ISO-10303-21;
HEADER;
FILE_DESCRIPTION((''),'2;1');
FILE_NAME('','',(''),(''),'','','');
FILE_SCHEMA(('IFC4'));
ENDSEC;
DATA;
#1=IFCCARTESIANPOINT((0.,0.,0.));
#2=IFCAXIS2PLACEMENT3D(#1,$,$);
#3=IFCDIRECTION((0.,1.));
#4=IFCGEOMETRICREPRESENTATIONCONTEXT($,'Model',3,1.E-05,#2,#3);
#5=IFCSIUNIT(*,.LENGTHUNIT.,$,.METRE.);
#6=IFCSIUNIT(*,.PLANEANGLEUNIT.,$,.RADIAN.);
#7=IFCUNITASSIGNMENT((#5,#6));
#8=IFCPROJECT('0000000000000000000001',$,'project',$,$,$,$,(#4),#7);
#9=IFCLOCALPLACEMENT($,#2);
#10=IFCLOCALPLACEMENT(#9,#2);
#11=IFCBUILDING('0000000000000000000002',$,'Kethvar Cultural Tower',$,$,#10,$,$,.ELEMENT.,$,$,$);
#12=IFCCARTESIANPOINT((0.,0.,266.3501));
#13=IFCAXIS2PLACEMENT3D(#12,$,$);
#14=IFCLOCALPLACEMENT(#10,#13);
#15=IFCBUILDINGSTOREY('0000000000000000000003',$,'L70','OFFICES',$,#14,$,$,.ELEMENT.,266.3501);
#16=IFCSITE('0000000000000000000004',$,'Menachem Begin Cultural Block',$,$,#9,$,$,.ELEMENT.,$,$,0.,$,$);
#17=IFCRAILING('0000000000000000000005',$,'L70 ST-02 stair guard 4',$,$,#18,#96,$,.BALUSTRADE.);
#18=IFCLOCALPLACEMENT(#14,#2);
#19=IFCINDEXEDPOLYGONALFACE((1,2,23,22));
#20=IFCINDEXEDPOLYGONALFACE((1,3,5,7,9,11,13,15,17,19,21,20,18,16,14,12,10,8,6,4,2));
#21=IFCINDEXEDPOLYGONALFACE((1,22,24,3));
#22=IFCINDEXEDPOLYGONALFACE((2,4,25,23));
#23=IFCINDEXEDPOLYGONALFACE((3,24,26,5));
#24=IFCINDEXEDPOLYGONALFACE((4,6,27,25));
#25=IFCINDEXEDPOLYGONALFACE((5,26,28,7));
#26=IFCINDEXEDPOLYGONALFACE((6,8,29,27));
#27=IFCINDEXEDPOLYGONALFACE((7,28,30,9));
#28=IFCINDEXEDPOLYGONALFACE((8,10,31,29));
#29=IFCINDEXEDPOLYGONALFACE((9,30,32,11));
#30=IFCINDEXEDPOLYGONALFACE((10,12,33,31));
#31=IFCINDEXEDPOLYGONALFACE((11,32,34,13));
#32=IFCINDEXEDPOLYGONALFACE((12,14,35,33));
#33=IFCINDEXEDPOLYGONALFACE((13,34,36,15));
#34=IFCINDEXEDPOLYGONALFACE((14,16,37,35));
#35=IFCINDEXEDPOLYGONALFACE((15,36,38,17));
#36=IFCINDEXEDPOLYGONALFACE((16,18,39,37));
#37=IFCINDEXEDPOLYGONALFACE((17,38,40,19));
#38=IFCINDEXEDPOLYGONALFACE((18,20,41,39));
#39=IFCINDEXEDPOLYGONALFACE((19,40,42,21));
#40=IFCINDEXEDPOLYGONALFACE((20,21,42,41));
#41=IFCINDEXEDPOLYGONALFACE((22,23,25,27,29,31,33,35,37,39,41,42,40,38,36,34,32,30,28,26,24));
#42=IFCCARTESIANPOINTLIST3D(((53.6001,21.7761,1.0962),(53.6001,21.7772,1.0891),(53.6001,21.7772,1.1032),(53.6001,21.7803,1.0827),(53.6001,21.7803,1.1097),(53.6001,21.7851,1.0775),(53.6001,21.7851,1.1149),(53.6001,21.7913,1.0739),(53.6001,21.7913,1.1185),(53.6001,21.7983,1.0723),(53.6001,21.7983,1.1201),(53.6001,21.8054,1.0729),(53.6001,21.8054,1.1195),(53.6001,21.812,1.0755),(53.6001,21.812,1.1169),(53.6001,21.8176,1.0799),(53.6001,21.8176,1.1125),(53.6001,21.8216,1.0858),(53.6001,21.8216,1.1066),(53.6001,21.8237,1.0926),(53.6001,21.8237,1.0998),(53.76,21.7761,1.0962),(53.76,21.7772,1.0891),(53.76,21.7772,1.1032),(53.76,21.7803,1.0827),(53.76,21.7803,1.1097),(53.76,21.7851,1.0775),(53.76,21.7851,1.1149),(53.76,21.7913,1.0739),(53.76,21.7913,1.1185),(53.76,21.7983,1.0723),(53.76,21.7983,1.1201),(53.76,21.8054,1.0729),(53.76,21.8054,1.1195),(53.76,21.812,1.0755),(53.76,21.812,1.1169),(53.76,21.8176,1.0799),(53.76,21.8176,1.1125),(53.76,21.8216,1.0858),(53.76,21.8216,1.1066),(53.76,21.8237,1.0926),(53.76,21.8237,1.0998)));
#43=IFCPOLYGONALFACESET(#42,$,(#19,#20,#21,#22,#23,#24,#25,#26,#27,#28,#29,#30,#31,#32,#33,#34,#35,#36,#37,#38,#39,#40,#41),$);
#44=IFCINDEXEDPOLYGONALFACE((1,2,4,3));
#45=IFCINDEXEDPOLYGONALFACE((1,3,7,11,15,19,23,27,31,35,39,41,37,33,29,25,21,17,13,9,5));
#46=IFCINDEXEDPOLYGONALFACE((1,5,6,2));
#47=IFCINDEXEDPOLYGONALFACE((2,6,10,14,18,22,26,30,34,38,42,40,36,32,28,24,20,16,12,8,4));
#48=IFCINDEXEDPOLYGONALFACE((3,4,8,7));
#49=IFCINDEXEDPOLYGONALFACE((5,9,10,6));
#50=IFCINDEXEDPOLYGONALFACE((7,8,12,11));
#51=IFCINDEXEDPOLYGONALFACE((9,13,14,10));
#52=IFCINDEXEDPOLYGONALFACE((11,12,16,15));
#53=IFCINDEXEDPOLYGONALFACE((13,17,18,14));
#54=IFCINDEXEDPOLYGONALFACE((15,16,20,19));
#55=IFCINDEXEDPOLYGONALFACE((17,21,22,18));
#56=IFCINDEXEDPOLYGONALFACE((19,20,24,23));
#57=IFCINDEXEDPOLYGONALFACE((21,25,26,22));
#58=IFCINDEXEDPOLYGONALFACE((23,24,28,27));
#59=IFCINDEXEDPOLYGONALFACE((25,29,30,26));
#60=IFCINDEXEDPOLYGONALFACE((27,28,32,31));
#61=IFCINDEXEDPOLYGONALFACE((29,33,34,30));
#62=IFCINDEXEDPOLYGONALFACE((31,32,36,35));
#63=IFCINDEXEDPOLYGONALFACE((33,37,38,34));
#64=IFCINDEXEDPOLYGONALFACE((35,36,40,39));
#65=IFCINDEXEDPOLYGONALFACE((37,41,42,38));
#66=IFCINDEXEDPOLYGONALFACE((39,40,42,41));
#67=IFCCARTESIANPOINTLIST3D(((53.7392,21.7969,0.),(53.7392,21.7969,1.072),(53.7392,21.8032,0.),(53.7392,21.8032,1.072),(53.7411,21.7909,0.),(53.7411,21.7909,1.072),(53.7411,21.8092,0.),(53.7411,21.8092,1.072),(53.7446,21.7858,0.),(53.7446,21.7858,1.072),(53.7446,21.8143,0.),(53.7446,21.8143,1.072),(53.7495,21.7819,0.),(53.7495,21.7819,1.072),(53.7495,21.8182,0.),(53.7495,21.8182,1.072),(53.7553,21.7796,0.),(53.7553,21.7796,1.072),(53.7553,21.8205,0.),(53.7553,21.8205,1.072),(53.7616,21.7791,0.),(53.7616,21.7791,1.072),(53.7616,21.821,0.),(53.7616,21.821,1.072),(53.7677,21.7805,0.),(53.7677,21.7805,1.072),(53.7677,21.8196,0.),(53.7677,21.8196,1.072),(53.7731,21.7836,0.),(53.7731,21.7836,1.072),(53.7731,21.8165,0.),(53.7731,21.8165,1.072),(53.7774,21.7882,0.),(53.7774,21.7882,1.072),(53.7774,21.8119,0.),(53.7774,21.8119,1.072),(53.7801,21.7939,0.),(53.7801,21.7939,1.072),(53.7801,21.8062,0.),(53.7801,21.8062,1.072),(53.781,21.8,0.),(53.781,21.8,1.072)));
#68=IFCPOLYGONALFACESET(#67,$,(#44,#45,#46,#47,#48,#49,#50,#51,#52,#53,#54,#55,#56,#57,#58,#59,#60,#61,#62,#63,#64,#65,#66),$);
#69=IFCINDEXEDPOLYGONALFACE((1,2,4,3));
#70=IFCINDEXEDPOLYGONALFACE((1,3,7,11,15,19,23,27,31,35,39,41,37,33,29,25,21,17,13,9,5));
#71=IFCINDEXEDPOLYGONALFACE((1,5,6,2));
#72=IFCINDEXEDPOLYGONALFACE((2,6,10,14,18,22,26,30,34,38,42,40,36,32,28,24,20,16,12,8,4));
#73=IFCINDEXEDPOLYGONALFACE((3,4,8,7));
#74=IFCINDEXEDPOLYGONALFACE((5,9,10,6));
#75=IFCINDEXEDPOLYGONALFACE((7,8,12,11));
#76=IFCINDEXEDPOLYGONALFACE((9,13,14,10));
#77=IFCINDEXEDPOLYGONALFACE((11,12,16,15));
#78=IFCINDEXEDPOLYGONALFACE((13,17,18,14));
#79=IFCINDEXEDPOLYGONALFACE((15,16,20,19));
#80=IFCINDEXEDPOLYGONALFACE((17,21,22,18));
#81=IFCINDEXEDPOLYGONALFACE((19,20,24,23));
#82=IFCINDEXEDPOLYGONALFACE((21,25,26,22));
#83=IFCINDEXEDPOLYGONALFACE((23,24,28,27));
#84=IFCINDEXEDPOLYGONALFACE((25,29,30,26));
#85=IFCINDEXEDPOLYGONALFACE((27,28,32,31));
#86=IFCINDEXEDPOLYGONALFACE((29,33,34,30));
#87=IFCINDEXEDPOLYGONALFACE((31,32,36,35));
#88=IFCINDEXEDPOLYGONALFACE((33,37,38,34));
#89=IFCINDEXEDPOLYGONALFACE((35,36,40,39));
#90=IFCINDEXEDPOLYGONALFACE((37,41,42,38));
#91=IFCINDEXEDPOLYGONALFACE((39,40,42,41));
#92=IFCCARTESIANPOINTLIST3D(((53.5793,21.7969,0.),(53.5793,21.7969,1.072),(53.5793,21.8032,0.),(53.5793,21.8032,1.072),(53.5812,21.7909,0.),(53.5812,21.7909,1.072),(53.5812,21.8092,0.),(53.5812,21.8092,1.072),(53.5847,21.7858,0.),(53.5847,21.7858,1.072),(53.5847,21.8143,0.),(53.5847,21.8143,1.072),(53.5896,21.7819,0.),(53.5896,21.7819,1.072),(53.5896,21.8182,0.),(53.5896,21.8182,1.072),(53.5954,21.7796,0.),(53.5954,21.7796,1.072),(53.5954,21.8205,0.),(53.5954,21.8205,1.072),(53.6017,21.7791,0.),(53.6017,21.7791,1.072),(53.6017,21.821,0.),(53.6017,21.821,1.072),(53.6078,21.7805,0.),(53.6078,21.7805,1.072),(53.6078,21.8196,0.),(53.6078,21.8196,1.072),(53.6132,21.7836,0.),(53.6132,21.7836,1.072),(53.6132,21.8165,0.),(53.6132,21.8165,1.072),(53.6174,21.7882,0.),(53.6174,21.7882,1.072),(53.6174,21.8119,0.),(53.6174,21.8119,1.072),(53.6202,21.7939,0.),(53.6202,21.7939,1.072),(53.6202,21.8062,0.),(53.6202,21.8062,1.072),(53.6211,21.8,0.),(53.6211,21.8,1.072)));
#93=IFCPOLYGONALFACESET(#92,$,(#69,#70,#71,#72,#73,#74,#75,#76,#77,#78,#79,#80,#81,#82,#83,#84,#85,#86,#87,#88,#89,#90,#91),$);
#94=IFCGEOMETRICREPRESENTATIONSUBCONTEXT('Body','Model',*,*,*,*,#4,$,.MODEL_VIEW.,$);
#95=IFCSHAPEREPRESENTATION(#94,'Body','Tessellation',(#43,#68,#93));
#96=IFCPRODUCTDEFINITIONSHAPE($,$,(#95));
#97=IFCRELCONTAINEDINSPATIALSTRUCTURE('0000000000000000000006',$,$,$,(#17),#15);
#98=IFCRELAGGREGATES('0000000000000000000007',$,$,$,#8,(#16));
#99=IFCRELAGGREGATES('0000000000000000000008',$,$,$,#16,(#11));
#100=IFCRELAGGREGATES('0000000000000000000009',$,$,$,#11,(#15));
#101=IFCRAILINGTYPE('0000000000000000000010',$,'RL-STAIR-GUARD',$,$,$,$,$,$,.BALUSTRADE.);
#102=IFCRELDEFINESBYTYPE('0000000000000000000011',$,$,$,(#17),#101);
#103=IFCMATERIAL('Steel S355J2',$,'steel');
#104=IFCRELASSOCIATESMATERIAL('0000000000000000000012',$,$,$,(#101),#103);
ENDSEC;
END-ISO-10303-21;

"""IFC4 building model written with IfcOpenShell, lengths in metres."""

from ifc_helpers import new_model, si_unit, direction, frame, origin, origin_2d, place, context, subcontext, project, spatial, circle, extrude, material, type_object, element, save


model = new_model("IFC4")

# Units and contexts
model_context = context("Model", 3, precision=1e-05, world=origin(), true_north=direction((0.0, 1.0)))
body_context = subcontext(model_context, "Body", "Model", "MODEL_VIEW")
ifc_project = project(units=[si_unit("LENGTHUNIT", "METRE"), si_unit("PLANEANGLEUNIT", "RADIAN")], contexts=[model_context])

# Site, building, storey
site_placement = place(None, origin())
site = spatial("IfcSite", under=ifc_project, at=site_placement, Name="Menachem Begin Cultural Block", CompositionType="ELEMENT", RefElevation=0.0)
building_placement = place(site_placement, origin())
building = spatial("IfcBuilding", under=site, at=building_placement, Name="Kethvar Cultural Tower", CompositionType="ELEMENT")
storey_placement = place(building_placement, frame((0.0, 0.0, 266.3501)))
storey = spatial("IfcBuildingStorey", under=building, at=storey_placement, Name="L70", Description="OFFICES", CompositionType="ELEMENT", Elevation=266.3501)

# Shared definitions
ifc_material_1 = material(Name="Steel S355J2", Category="steel")

# Railing
railing_type_1 = type_object("IfcRailingType", Name="RL-STAIR-GUARD", PredefinedType="BALUSTRADE", material=ifc_material_1)
railing_1_placement = place(storey_placement, frame((53.76, 21.8, 0.0)))
element("IfcRailing", 1, at=railing_1_placement, inside=storey, type_object=railing_type_1, Name="L70 ST-02 stair guard 4", PredefinedType="BALUSTRADE", context=body_context, shape_type="SweptSolid", body=[
    extrude(circle(Radius=0.0239, at=origin_2d()), frame((0.0, 0.0, 1.0962), z_axis=(-1.0, 0.0, 0.0), x_axis=(0.0, -1.0, 0.0)), (0.0, 0.0, 1.0), 0.1599),
    extrude(circle(Radius=0.021, at=origin_2d()), origin(), (0.0, 0.0, 1.0), 1.072),
    extrude(circle(Radius=0.021, at=origin_2d()), frame((-0.1599, 0.0, 0.0)), (0.0, 0.0, 1.0), 1.072),
])

save(model, "model.ifc")
